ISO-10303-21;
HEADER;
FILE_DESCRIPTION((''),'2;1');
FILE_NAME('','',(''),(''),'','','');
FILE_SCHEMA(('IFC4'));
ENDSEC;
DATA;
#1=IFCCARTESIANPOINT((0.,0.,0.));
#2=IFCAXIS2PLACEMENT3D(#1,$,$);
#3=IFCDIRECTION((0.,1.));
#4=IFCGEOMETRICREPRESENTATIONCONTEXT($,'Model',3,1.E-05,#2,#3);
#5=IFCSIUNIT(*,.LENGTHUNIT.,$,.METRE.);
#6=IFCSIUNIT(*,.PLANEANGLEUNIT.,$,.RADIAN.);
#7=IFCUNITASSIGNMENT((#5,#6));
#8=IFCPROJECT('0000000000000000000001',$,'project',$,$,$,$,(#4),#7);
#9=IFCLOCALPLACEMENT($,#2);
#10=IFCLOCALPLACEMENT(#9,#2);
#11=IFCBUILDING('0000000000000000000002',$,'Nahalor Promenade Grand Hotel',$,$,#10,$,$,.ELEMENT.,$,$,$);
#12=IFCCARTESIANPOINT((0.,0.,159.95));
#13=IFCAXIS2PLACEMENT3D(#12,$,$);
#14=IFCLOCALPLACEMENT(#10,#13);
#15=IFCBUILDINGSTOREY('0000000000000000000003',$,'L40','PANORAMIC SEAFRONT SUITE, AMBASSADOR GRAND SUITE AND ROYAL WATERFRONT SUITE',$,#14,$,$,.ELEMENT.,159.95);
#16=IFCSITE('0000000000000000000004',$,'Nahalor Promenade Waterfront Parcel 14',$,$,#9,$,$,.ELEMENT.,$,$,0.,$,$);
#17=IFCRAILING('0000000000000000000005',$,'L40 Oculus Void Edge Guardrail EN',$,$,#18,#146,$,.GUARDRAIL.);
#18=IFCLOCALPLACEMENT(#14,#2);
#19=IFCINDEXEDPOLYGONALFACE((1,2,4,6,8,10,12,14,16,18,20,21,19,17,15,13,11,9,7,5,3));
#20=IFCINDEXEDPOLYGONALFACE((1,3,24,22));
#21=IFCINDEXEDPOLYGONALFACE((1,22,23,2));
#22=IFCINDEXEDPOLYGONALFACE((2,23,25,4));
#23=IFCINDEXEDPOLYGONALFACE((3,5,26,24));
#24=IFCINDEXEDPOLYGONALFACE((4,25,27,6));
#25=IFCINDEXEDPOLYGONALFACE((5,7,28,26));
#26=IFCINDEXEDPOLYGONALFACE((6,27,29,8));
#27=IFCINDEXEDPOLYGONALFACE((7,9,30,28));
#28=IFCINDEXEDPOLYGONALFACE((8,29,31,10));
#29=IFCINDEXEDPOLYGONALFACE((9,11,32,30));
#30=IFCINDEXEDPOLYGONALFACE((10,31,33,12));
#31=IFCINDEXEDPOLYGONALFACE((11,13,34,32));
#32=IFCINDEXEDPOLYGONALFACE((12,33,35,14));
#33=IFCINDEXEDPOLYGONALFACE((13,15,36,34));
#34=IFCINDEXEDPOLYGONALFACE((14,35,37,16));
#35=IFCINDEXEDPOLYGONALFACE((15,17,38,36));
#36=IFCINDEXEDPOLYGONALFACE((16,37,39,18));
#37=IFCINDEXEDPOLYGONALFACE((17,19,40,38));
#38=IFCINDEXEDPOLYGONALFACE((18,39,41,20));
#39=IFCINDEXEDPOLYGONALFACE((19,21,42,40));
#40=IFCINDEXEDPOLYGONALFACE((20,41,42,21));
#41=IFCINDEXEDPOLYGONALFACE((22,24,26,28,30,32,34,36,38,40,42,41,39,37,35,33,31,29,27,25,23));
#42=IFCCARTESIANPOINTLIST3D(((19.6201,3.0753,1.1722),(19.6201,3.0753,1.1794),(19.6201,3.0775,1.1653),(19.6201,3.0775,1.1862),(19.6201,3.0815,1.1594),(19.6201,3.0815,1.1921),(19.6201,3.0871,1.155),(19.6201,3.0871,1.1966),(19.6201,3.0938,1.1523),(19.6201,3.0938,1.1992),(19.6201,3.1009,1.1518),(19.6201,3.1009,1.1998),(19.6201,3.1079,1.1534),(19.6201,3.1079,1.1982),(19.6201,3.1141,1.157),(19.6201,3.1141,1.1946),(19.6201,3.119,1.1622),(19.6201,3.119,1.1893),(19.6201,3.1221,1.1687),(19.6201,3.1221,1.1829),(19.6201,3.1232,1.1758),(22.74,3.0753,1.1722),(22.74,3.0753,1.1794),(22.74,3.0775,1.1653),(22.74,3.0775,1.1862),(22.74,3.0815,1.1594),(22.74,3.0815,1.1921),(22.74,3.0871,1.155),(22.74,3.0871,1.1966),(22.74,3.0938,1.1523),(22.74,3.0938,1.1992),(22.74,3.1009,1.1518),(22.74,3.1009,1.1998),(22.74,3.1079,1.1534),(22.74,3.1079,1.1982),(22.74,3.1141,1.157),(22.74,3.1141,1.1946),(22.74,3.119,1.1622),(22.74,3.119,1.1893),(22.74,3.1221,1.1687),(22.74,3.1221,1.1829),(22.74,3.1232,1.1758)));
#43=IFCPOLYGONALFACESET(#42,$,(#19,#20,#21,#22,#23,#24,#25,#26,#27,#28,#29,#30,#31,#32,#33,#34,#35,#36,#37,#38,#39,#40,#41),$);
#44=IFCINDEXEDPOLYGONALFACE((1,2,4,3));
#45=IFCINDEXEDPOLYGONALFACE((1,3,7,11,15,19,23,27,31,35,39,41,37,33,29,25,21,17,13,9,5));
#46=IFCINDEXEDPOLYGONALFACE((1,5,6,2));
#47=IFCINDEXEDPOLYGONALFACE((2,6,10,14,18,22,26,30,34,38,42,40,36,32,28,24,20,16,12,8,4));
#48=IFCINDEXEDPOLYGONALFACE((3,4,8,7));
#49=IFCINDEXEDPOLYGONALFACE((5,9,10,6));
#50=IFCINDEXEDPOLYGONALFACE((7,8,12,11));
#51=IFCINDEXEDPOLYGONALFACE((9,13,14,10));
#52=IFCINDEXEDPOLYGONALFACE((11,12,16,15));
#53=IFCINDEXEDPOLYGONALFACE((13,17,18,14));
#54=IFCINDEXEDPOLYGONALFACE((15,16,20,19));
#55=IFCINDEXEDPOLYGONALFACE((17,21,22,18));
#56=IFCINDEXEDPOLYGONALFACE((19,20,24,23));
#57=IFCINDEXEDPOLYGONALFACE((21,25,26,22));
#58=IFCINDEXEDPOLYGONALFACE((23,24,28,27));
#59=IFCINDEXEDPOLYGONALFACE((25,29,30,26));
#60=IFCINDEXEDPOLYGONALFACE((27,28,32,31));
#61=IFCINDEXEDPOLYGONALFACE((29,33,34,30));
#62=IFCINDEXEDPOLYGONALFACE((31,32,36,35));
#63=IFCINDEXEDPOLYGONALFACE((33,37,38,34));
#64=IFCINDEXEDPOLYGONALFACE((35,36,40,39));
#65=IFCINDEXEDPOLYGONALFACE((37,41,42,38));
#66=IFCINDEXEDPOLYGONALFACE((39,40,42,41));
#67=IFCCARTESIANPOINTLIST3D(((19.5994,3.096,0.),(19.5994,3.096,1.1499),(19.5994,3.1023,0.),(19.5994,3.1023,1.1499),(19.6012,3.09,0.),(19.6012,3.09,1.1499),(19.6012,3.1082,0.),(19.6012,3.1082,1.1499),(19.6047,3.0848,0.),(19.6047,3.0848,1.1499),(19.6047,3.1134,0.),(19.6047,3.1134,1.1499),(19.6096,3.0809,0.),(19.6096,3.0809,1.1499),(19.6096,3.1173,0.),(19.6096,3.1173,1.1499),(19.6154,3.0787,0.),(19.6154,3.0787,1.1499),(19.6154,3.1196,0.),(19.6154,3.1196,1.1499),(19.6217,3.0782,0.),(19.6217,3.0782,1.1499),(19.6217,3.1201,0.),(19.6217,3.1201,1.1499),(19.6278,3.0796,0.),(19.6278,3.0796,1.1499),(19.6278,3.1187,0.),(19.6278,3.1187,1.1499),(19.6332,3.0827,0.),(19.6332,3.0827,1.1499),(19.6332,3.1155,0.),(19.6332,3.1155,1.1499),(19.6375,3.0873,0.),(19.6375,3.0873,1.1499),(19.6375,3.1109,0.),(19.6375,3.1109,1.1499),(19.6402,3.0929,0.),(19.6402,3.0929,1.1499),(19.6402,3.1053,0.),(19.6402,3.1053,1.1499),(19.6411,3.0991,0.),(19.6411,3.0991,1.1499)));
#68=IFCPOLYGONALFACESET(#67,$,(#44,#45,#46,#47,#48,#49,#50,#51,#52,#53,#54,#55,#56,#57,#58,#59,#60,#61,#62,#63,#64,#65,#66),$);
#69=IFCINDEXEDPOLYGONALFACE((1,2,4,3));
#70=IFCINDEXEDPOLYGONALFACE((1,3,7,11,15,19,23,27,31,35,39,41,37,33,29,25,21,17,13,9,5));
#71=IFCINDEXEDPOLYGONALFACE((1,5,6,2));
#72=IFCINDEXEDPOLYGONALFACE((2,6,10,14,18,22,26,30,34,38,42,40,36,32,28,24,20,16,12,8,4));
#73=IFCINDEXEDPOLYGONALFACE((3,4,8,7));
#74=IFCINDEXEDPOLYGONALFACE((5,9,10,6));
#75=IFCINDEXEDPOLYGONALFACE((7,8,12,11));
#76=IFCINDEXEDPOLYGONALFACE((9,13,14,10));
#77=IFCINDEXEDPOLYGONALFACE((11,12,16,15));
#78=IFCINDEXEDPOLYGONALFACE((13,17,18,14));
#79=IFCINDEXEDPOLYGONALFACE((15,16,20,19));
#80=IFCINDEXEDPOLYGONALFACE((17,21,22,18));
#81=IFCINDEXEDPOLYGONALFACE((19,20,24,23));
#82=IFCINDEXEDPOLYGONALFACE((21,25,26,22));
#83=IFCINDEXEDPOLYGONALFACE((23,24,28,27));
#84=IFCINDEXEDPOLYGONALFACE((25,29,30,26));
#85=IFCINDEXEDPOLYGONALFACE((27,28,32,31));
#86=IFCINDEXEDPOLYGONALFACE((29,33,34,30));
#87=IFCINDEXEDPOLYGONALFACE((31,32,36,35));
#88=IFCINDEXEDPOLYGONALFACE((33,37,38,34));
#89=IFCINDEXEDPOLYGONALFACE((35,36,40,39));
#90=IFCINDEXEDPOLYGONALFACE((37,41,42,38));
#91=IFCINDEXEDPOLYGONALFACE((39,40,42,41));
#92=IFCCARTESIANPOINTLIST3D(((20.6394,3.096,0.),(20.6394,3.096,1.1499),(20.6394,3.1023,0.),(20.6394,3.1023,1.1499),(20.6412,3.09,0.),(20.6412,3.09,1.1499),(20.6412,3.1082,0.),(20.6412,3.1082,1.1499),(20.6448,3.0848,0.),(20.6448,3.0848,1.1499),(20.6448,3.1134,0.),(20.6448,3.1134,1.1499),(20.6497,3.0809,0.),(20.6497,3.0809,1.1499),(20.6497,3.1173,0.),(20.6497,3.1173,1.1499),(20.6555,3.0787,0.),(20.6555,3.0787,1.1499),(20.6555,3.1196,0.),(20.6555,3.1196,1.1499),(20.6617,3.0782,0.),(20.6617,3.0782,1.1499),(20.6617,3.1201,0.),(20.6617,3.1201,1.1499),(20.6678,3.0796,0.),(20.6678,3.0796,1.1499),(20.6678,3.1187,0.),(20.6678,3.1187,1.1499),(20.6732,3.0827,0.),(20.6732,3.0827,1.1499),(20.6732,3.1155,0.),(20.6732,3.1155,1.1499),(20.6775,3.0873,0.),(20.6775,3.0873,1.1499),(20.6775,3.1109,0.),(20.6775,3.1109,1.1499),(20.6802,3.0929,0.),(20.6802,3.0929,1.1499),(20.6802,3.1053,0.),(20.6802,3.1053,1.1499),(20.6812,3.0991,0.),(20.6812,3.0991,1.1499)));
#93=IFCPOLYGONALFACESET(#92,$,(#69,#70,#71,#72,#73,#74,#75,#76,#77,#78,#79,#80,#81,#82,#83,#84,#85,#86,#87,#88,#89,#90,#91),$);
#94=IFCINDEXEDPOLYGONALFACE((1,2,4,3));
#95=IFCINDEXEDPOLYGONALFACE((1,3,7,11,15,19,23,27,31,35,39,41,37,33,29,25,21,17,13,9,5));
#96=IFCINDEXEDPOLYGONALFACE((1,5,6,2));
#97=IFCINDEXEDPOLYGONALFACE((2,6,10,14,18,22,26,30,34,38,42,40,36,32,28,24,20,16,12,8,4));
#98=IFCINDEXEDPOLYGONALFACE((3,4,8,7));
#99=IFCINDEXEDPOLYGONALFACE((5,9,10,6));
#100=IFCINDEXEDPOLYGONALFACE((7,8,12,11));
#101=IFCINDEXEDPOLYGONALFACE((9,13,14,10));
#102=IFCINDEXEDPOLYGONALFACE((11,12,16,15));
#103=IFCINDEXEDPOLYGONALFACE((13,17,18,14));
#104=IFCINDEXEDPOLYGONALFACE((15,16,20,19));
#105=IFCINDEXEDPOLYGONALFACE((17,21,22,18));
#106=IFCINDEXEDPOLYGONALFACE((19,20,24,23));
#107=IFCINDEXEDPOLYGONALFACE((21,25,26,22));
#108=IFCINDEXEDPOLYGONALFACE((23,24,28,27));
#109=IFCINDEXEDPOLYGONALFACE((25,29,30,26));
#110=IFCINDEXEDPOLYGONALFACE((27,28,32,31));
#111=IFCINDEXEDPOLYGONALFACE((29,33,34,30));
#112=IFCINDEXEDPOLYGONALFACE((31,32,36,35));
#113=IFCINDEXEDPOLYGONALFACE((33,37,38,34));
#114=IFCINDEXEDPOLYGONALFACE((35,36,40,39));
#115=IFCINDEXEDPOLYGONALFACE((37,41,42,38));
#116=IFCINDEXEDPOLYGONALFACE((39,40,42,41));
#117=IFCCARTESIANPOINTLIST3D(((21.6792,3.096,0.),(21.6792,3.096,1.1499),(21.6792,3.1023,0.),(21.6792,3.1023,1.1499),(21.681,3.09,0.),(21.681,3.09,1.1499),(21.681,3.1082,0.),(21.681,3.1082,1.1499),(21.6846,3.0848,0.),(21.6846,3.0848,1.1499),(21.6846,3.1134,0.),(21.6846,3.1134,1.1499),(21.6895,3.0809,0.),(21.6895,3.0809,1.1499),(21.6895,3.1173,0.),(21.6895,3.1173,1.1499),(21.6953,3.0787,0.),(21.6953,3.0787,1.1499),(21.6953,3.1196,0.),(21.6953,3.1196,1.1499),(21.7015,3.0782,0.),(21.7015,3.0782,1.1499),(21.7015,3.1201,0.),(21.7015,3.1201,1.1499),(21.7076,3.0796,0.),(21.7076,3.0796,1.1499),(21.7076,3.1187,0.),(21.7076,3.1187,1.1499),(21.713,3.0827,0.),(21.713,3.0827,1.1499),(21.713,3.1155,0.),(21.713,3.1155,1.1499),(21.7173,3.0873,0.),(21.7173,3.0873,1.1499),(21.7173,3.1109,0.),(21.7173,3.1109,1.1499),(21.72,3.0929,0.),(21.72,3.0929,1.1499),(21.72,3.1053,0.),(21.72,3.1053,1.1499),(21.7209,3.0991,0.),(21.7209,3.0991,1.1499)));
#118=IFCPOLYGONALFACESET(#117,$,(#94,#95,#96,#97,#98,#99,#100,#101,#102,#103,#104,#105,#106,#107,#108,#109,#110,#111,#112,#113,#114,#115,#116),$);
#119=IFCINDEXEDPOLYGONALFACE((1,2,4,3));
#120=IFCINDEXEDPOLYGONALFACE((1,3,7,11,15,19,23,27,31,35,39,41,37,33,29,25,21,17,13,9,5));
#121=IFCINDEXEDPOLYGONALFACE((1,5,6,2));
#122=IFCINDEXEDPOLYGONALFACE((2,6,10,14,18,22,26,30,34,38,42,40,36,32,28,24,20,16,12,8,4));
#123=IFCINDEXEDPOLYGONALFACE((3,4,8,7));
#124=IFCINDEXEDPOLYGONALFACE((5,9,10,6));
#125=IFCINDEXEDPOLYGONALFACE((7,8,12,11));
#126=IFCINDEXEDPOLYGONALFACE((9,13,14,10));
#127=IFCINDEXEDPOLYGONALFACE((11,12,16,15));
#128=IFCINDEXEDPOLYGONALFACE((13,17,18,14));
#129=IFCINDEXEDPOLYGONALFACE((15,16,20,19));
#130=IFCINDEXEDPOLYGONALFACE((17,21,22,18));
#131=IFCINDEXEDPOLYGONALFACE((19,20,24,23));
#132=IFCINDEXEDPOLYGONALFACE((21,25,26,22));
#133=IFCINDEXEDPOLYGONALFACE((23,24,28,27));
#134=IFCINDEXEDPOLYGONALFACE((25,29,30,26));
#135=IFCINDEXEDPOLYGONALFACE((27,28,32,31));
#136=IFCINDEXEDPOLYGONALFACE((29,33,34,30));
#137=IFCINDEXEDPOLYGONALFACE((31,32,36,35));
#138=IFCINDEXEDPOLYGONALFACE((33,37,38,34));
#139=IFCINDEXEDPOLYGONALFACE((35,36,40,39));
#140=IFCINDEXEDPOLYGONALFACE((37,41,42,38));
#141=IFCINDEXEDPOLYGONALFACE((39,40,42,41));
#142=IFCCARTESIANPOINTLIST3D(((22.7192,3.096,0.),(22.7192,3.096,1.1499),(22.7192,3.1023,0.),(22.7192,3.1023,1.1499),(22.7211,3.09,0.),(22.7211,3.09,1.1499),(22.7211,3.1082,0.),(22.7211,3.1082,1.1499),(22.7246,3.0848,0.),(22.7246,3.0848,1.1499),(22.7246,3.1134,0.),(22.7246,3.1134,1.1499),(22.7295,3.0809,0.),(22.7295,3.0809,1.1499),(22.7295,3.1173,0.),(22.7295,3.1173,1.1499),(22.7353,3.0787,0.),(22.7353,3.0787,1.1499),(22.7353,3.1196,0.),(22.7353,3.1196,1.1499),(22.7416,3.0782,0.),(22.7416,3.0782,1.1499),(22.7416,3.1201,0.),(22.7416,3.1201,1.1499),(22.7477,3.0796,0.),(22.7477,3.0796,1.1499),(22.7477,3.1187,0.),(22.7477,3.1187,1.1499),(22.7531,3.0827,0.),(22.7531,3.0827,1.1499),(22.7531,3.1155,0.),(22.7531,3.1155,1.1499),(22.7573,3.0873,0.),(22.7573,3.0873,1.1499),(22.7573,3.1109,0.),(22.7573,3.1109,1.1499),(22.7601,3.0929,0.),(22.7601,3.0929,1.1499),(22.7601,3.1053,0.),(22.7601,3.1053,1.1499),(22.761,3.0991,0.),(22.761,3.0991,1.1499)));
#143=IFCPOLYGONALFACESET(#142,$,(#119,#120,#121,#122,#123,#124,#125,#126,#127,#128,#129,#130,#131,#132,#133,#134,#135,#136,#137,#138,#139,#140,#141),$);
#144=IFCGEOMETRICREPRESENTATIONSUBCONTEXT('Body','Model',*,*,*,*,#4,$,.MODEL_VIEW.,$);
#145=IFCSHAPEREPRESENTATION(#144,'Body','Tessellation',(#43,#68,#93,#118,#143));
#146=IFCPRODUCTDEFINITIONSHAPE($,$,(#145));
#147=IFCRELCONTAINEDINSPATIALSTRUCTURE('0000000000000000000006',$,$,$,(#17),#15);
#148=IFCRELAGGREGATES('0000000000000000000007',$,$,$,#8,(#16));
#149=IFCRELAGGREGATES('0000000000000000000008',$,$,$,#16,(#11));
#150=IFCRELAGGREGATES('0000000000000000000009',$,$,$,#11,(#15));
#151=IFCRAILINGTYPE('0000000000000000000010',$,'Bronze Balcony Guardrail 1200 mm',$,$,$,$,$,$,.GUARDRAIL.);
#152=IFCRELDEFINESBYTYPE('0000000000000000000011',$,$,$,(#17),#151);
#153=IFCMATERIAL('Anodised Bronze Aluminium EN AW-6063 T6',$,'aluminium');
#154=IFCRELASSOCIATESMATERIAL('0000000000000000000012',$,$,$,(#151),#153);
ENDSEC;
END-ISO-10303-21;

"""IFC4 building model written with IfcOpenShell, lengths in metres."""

from ifc_helpers import new_model, si_unit, direction, frame, origin, origin_2d, place, context, subcontext, project, spatial, circle, extrude, material, type_object, element, save


model = new_model("IFC4")

# Units and contexts
model_context = context("Model", 3, precision=1e-05, world=origin(), true_north=direction((0.0, 1.0)))
body_context = subcontext(model_context, "Body", "Model", "MODEL_VIEW")
ifc_project = project(units=[si_unit("LENGTHUNIT", "METRE"), si_unit("PLANEANGLEUNIT", "RADIAN")], contexts=[model_context])

# Site, building, storey
site_placement = place(None, origin())
site = spatial("IfcSite", under=ifc_project, at=site_placement, Name="Nahalor Promenade Waterfront Parcel 14", CompositionType="ELEMENT", RefElevation=0.0)
building_placement = place(site_placement, origin())
building = spatial("IfcBuilding", under=site, at=building_placement, Name="Nahalor Promenade Grand Hotel", CompositionType="ELEMENT")
storey_placement = place(building_placement, frame((0.0, 0.0, 159.95)))
storey = spatial("IfcBuildingStorey", under=building, at=storey_placement, Name="L40", Description="PANORAMIC SEAFRONT SUITE, AMBASSADOR GRAND SUITE AND ROYAL WATERFRONT SUITE", CompositionType="ELEMENT", Elevation=159.95)

# Shared definitions
ifc_material_1 = material(Name="Anodised Bronze Aluminium EN AW-6063 T6", Category="aluminium")

# Railing
railing_type = type_object("IfcRailingType", Name="Bronze Balcony Guardrail 1200 mm", PredefinedType="GUARDRAIL", material=ifc_material_1)
for number, where, name in (
    (1, (19.6201, 3.0991, 0.0), "L40 Oculus Void Edge Guardrail EN"),
):
    element("IfcRailing", number, at=place(storey_placement, frame(where)), inside=storey, type_object=railing_type, Name=name, PredefinedType="GUARDRAIL", context=body_context, shape_type="SweptSolid", body=[
        extrude(circle(Radius=0.024, at=origin_2d()), frame((0.0, 0.0, 1.1758), z_axis=(1.0, 0.0, 0.0), x_axis=(0.0, 1.0, 0.0)), (0.0, 0.0, 1.0), 3.1199),
        extrude(circle(Radius=0.021, at=origin_2d()), origin(), (0.0, 0.0, 1.0), 1.1499),
        extrude(circle(Radius=0.021, at=origin_2d()), frame((1.04, 0.0, 0.0)), (0.0, 0.0, 1.0), 1.1499),
        extrude(circle(Radius=0.021, at=origin_2d()), frame((2.0798, 0.0, 0.0)), (0.0, 0.0, 1.0), 1.1499),
        extrude(circle(Radius=0.021, at=origin_2d()), frame((3.1199, 0.0, 0.0)), (0.0, 0.0, 1.0), 1.1499),
    ])

save(model, "model.ifc")
